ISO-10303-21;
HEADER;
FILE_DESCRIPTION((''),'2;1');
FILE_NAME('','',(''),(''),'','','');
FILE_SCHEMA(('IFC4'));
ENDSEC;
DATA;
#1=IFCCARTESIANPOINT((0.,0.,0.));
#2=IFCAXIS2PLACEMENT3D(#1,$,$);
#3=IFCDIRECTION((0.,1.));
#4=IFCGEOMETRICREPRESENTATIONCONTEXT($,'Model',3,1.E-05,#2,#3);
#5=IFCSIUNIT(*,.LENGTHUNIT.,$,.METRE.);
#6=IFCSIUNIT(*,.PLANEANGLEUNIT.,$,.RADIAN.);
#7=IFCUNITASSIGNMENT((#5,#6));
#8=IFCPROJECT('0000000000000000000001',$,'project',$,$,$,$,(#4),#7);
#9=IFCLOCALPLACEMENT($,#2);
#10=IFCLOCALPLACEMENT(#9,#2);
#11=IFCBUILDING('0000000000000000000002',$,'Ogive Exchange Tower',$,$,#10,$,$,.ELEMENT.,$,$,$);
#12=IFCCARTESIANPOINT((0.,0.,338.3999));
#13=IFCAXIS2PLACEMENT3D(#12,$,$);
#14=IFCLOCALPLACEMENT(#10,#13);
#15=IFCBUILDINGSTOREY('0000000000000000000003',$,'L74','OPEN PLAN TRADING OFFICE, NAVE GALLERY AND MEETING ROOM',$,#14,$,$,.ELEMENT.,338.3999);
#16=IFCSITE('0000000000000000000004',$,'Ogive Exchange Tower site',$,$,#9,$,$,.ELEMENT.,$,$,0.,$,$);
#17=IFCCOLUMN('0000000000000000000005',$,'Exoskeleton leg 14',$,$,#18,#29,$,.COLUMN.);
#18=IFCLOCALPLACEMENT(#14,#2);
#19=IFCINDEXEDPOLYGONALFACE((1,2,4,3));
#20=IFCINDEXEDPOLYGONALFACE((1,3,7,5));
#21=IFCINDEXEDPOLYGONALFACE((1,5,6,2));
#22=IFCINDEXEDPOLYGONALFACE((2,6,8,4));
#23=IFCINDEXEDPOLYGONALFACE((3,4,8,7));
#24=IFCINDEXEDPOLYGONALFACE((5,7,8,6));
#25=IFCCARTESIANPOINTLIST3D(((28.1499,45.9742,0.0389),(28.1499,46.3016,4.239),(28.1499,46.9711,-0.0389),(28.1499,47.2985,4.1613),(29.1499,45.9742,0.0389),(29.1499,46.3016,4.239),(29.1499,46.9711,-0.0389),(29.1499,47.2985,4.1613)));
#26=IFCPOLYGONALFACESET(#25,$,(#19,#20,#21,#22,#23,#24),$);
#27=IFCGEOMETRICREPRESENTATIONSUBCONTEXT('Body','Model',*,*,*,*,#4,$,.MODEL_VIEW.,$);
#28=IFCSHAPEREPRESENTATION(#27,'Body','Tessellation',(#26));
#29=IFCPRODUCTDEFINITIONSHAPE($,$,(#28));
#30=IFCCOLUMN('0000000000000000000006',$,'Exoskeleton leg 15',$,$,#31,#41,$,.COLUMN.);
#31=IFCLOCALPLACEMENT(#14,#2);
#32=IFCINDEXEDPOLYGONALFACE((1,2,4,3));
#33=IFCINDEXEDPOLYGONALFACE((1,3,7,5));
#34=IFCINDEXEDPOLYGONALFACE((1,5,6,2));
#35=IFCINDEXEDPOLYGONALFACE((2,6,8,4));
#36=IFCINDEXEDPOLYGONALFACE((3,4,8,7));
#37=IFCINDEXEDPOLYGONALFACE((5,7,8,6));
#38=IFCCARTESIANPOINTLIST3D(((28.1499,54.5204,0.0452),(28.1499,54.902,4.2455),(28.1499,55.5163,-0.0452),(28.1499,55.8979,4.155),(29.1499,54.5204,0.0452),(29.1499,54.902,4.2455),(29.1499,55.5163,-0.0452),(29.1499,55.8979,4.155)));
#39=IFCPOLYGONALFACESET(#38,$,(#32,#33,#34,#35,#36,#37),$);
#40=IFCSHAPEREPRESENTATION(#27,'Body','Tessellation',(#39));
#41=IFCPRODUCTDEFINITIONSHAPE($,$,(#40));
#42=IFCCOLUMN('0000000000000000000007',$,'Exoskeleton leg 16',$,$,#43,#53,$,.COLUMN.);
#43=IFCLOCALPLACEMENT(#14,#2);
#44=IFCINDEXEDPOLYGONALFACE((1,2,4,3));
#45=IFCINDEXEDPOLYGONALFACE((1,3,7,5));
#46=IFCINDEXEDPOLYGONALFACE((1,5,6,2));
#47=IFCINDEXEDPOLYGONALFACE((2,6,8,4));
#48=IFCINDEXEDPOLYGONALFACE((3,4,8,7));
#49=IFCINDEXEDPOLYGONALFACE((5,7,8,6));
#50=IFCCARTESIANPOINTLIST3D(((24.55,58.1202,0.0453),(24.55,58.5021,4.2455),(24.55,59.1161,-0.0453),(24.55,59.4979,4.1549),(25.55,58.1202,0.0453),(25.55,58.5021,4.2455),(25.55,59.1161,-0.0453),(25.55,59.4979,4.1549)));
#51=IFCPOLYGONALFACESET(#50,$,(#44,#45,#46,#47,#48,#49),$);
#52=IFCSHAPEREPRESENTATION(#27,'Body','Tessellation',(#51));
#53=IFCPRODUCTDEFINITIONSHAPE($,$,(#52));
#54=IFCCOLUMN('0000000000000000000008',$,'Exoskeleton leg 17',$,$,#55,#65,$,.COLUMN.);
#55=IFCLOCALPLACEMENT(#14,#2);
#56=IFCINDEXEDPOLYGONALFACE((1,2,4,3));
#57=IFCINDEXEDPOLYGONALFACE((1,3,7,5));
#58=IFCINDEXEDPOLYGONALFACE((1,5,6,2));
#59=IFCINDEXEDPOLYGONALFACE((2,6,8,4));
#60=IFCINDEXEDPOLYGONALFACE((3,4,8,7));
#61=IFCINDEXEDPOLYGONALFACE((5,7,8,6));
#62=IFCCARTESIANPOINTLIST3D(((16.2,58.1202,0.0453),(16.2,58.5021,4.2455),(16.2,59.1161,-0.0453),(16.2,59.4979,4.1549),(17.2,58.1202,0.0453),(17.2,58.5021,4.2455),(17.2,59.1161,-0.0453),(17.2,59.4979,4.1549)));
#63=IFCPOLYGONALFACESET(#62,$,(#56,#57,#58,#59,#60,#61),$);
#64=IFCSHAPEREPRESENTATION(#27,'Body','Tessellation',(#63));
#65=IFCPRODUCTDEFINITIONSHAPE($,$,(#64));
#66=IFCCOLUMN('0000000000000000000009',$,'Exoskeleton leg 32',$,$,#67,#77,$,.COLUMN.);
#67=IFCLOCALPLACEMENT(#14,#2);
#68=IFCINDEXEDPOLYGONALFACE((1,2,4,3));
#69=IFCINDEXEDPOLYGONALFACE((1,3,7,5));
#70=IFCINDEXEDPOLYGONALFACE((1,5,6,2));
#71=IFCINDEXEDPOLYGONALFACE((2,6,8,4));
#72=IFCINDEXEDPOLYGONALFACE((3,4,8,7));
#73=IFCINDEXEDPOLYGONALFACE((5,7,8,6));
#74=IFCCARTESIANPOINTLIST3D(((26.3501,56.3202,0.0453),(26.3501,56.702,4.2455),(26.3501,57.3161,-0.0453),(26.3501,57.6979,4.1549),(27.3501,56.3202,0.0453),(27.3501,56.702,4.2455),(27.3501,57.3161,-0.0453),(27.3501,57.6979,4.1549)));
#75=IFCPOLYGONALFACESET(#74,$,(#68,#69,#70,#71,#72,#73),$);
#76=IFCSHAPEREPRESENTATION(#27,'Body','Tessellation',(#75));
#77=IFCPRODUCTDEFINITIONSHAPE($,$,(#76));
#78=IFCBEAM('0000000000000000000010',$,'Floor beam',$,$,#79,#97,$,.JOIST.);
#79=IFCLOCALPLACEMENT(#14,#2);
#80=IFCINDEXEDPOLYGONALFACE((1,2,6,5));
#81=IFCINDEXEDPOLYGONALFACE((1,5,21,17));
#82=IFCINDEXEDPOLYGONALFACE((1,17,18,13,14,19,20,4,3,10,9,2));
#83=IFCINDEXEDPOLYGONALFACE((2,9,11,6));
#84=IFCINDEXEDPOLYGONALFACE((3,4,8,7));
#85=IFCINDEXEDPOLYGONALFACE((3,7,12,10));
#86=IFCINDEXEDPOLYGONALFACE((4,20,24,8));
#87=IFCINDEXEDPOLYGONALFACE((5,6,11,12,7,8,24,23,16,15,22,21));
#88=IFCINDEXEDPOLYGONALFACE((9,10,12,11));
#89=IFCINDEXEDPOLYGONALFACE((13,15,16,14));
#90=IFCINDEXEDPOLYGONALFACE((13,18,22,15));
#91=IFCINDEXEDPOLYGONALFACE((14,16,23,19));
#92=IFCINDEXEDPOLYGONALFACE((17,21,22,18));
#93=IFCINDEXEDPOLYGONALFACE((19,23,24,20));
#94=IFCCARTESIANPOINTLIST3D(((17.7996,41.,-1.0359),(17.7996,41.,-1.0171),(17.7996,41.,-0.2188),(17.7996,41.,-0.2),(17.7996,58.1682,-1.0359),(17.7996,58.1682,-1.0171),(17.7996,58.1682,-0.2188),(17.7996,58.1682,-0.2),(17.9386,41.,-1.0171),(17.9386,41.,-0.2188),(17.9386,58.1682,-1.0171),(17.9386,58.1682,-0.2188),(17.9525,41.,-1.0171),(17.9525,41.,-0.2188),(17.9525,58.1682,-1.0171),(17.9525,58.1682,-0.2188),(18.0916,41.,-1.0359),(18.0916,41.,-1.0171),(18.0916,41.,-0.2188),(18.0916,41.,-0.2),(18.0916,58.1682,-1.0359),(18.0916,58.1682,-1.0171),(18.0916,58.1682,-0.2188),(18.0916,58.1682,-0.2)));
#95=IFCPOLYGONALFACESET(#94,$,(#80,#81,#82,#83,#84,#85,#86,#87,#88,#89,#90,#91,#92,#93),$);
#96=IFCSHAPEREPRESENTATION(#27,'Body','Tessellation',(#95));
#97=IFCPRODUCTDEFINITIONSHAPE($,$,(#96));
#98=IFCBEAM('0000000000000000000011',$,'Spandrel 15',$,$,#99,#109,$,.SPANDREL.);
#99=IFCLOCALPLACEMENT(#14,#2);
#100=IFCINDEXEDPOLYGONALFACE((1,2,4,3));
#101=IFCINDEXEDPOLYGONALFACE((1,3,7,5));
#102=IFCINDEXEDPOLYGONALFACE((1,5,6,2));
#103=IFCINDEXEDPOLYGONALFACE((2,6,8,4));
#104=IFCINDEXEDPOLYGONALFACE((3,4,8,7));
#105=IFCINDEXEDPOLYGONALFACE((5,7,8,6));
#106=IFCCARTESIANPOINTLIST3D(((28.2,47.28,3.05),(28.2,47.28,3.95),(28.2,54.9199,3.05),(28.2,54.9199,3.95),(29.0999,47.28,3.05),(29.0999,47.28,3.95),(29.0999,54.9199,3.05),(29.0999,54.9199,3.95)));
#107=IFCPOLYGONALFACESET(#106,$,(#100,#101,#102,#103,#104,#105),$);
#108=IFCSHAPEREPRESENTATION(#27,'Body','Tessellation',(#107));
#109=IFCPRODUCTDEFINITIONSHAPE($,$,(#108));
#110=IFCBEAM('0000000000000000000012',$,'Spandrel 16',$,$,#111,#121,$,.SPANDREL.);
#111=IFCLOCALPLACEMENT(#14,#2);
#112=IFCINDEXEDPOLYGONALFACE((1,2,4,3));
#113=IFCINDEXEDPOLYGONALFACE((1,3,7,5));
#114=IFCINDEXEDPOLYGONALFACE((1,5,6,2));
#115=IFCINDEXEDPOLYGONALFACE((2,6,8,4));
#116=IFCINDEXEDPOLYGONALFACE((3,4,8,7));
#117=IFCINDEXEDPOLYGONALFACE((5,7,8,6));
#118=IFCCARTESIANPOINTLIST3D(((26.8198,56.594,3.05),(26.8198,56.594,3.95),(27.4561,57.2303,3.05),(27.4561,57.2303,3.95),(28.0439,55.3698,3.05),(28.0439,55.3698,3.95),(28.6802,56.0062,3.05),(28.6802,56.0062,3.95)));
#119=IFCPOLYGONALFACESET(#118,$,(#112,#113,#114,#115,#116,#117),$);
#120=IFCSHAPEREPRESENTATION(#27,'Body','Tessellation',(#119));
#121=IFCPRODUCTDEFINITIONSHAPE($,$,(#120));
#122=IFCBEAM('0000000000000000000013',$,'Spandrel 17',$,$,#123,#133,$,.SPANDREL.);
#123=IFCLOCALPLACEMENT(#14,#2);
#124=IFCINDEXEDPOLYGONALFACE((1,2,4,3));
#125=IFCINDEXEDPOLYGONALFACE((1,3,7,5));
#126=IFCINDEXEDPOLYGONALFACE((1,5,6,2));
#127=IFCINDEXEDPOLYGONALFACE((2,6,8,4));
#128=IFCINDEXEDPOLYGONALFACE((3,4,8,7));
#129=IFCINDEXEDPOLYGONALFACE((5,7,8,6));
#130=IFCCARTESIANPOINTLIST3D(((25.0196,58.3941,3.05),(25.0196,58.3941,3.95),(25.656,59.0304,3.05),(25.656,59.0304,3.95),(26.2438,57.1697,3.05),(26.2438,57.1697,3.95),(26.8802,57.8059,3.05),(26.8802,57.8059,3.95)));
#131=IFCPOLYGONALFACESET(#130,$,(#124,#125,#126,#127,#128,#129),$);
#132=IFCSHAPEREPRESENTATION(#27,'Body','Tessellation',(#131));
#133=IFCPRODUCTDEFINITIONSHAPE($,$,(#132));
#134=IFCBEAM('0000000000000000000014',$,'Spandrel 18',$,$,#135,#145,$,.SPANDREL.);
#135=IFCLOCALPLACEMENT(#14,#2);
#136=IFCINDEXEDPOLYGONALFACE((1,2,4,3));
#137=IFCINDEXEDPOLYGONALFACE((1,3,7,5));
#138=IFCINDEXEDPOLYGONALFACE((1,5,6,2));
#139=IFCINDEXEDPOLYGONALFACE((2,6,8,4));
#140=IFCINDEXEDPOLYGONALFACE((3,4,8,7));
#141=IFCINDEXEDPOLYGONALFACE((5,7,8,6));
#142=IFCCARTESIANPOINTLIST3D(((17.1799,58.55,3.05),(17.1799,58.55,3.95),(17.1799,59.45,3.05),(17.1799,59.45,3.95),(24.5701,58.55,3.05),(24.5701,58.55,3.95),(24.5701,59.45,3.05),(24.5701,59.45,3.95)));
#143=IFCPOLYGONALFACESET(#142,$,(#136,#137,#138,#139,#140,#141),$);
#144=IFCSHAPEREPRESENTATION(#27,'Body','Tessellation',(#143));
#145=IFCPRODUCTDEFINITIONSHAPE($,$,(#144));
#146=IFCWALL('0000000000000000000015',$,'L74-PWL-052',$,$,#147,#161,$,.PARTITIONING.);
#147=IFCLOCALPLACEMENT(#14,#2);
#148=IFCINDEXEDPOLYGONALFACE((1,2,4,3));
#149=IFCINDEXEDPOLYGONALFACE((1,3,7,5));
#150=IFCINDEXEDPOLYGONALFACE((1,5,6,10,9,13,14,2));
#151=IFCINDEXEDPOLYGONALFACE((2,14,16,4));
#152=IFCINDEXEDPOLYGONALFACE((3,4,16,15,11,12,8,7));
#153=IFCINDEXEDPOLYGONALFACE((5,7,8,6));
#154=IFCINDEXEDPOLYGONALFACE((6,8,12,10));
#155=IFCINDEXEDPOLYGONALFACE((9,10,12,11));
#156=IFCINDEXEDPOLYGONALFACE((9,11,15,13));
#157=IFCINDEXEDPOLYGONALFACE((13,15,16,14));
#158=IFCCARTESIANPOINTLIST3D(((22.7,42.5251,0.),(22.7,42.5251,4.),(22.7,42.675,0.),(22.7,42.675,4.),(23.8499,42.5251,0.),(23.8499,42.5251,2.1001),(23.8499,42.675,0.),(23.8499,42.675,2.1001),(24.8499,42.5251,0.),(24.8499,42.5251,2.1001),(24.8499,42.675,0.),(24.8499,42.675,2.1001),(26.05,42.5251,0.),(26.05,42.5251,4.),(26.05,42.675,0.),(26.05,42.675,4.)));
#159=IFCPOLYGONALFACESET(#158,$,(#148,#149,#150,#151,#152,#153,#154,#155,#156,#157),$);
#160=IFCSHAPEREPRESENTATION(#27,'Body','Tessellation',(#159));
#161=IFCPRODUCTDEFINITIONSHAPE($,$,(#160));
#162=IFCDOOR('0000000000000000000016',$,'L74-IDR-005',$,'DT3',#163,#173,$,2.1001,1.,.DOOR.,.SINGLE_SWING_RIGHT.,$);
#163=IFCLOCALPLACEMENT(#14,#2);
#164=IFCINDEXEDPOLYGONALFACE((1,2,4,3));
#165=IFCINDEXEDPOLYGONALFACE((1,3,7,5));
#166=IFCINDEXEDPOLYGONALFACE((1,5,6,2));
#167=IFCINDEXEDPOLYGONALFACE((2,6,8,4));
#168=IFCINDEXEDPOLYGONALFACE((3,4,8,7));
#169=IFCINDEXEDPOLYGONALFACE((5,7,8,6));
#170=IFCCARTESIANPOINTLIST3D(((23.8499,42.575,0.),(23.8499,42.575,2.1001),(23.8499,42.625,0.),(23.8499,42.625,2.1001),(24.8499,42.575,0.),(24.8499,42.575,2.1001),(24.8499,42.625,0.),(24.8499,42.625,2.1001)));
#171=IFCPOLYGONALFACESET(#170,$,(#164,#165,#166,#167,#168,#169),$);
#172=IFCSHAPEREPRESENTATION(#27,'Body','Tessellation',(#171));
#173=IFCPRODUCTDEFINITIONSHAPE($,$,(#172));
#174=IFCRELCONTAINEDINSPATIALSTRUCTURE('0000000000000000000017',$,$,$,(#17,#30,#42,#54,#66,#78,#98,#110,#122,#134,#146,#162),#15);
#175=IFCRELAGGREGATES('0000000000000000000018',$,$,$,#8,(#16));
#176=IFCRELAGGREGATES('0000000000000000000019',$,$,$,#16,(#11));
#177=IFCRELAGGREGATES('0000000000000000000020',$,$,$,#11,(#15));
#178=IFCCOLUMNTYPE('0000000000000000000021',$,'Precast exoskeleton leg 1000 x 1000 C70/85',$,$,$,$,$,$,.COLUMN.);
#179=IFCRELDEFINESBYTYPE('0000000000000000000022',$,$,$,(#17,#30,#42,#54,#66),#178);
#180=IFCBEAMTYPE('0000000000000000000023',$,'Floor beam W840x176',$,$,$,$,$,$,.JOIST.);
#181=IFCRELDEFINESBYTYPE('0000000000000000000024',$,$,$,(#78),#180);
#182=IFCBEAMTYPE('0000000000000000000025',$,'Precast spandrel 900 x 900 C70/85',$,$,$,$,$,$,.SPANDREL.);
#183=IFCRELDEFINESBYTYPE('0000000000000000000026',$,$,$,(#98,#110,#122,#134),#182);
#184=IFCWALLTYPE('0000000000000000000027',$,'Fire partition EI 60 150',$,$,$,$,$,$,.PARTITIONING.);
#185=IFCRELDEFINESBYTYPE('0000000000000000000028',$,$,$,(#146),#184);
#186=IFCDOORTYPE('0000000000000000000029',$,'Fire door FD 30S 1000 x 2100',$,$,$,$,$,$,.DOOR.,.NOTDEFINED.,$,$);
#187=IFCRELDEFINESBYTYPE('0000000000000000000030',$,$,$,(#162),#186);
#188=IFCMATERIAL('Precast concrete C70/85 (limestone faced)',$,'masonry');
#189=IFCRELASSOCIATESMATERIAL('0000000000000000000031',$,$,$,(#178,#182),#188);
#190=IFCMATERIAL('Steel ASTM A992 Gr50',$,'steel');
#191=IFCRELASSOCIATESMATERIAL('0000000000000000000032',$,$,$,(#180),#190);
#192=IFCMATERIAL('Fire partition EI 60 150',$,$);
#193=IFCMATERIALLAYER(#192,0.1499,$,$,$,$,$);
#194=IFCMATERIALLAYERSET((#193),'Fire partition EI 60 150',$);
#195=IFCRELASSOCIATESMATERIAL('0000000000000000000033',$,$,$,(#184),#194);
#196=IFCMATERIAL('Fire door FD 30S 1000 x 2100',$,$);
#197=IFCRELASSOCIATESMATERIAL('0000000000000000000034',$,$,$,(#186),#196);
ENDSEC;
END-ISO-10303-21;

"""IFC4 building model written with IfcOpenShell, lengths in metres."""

from ifc_helpers import new_model, si_unit, direction, frame, frame_2d, origin, origin_2d, place, context, subcontext, project, spatial, rectangle, i_section, extrude, material, layer, layer_set, material_profile, profile_set, type_object, element, fill, save


model = new_model("IFC4")

# Units and contexts
model_context = context("Model", 3, precision=1e-05, world=origin(), true_north=direction((0.0, 1.0)))
body_context = subcontext(model_context, "Body", "Model", "MODEL_VIEW")
ifc_project = project(units=[si_unit("LENGTHUNIT", "METRE"), si_unit("PLANEANGLEUNIT", "RADIAN")], contexts=[model_context])

# Site, building, storey
site_placement = place(None, origin())
site = spatial("IfcSite", under=ifc_project, at=site_placement, Name="Ogive Exchange Tower site", CompositionType="ELEMENT", RefElevation=0.0)
building_placement = place(site_placement, origin())
building = spatial("IfcBuilding", under=site, at=building_placement, Name="Ogive Exchange Tower", CompositionType="ELEMENT")
storey_placement = place(building_placement, frame((0.0, 0.0, 338.3999)))
storey = spatial("IfcBuildingStorey", under=building, at=storey_placement, Name="L74", Description="OPEN PLAN TRADING OFFICE, NAVE GALLERY AND MEETING ROOM", CompositionType="ELEMENT", Elevation=338.3999)

# Columns
ifc_material_1 = material(Name="Precast concrete C70/85 (limestone faced)", Category="masonry")
ifc_material_profile_1 = material_profile(ifc_material_1, rectangle(XDim=1.0, YDim=1.0, at=origin_2d()), Name="1000 x 1000")
ifc_profile_set_1 = profile_set([ifc_material_profile_1], Name="Precast concrete C70/85 (limestone faced)")
column_type = type_object("IfcColumnType", Name="Precast exoskeleton leg 1000 x 1000 C70/85", PredefinedType="COLUMN", material=ifc_profile_set_1)
column_placement = place(storey_placement, frame((28.6499, 46.4727, 0.0), z_axis=(0.0, 0.077711, 0.996976), x_axis=(-1.0, 0.0, 0.0)))
element("IfcColumn", 1, at=column_placement, inside=storey, type_object=column_type, Name="Exoskeleton leg 14", PredefinedType="COLUMN", context=body_context, shape_type="SweptSolid", body=[
    extrude(rectangle(XDim=1.0, YDim=1.0, at=origin_2d()), origin(), (0.0, 0.0, 1.0), 4.2129),
])
for number, where, z_axis, x_axis, name in (
    (2, (28.6499, 55.0183, 0.0), (0.0, 0.090478, 0.995898), (-1.0, 0.0, 0.0), "Exoskeleton leg 15"),
    (3, (25.05, 58.6182, 0.0), (0.0, 0.090536, 0.995893), (-1.0, 0.0, 0.0), "Exoskeleton leg 16"),
    (4, (16.7, 58.6182, 0.0), (0.0, 0.090536, 0.995893), (-1.0, 0.0, 0.0), "Exoskeleton leg 17"),
    (5, (26.8501, 56.8181, 0.0), (0.0, 0.090536, 0.995893), (-1.0, 0.0, 0.0), "Exoskeleton leg 32"),
):
    element("IfcColumn", number, at=place(storey_placement, frame(where, z_axis=z_axis, x_axis=x_axis)), inside=storey, type_object=column_type, Name=name, PredefinedType="COLUMN", context=body_context, shape_type="SweptSolid", body=[
        extrude(rectangle(XDim=1.0, YDim=1.0, at=origin_2d()), origin(), (0.0, 0.0, 1.0), 4.2175),
    ])

# Beams
ifc_material_2 = material(Name="Steel ASTM A992 Gr50", Category="steel")
ifc_material_profile_2 = material_profile(ifc_material_2, i_section(OverallWidth=0.292, OverallDepth=0.8359, WebThickness=0.0139, FlangeThickness=0.0188, at=origin_2d()), Name="W840x176")
ifc_profile_set_2 = profile_set([ifc_material_profile_2], Name="Steel ASTM A992 Gr50")
beam_type_1 = type_object("IfcBeamType", Name="Floor beam W840x176", PredefinedType="JOIST", material=ifc_profile_set_2)
beam_1_placement = place(storey_placement, frame((17.9456, 41.0, -0.6179), z_axis=(0.0, 1.0, 0.0), x_axis=(-1.0, 0.0, 0.0)))
element("IfcBeam", 6, at=beam_1_placement, inside=storey, type_object=beam_type_1, Name="Floor beam", PredefinedType="JOIST", context=body_context, shape_type="SweptSolid", body=[
    extrude(i_section(OverallWidth=0.292, OverallDepth=0.8359, WebThickness=0.0139, FlangeThickness=0.0188, at=origin_2d()), origin(), (0.0, 0.0, 1.0), 17.1682),
])
ifc_material_profile_3 = material_profile(ifc_material_1, rectangle(XDim=0.8999, YDim=0.8999, at=origin_2d()), Name="900 x 900")
ifc_profile_set_3 = profile_set([ifc_material_profile_3], Name="Precast concrete C70/85 (limestone faced)")
beam_type_2 = type_object("IfcBeamType", Name="Precast spandrel 900 x 900 C70/85", PredefinedType="SPANDREL", material=ifc_profile_set_3)
beam_2_placement = place(storey_placement, frame((28.6499, 47.28, 3.5), z_axis=(0.0, 1.0, 0.0), x_axis=(-1.0, 0.0, 0.0)))
element("IfcBeam", 7, at=beam_2_placement, inside=storey, type_object=beam_type_2, Name="Spandrel 15", PredefinedType="SPANDREL", context=body_context, shape_type="SweptSolid", body=[
    extrude(rectangle(XDim=0.8999, YDim=0.8999, at=origin_2d()), origin(), (0.0, 0.0, 1.0), 7.6399),
])
beam_3_placement = place(storey_placement, frame((28.3621, 55.688, 3.5), z_axis=(-0.707107, 0.707107, 0.0), x_axis=(-0.707107, -0.707107, 0.0)))
element("IfcBeam", 8, at=beam_3_placement, inside=storey, type_object=beam_type_2, Name="Spandrel 16", PredefinedType="SPANDREL", context=body_context, shape_type="SweptSolid", body=[
    extrude(rectangle(XDim=0.8999, YDim=0.8999, at=origin_2d()), origin(), (0.0, 0.0, 1.0), 1.7312),
])
beam_4_placement = place(storey_placement, frame((26.562, 57.4878, 3.5), z_axis=(-0.707036, 0.707177, 0.0), x_axis=(-0.707177, -0.707036, 0.0)))
element("IfcBeam", 9, at=beam_4_placement, inside=storey, type_object=beam_type_2, Name="Spandrel 17", PredefinedType="SPANDREL", context=body_context, shape_type="SweptSolid", body=[
    extrude(rectangle(XDim=0.8999, YDim=0.8999, at=origin_2d()), origin(), (0.0, 0.0, 1.0), 1.7314),
])
beam_5_placement = place(storey_placement, frame((24.5701, 59.0, 3.5), z_axis=(-1.0, 0.0, 0.0), x_axis=(0.0, -1.0, 0.0)))
element("IfcBeam", 10, at=beam_5_placement, inside=storey, type_object=beam_type_2, Name="Spandrel 18", PredefinedType="SPANDREL", context=body_context, shape_type="SweptSolid", body=[
    extrude(rectangle(XDim=0.8999, YDim=0.8999, at=origin_2d()), origin(), (0.0, 0.0, 1.0), 7.3901),
])

# Wall, opening, door
ifc_material_3 = material(Name="Fire partition EI 60 150")
ifc_layer_1 = layer(ifc_material_3, 0.1499)
ifc_layer_set_1 = layer_set([ifc_layer_1], Name="Fire partition EI 60 150")
wall_type_1 = type_object("IfcWallType", Name="Fire partition EI 60 150", PredefinedType="PARTITIONING", material=ifc_layer_set_1)
wall_1_placement = place(storey_placement, frame((22.7, 42.6001, 0.0), z_axis=(0.0, 0.0, 1.0), x_axis=(1.0, 0.0, 0.0)))
wall_1 = element("IfcWall", 11, at=wall_1_placement, inside=storey, type_object=wall_type_1, Name="L74-PWL-052", PredefinedType="PARTITIONING", context=body_context, shape_type="SweptSolid", body=[
    extrude(rectangle(XDim=3.3501, YDim=0.1499, at=frame_2d((1.675, 0.0))), origin(), (0.0, 0.0, 1.0), 4.0),
])
opening_1_placement = place(wall_1_placement, frame((1.1499, 0.0, 0.0)))
opening_1 = element("IfcOpeningElement", 12, at=opening_1_placement, cuts=wall_1, PredefinedType="OPENING", context=body_context, shape_type="SweptSolid", body=[
    extrude(rectangle(XDim=1.0, YDim=2.1001, at=frame_2d((0.5, 1.05))), frame((0.0, 0.085, 0.0), z_axis=(0.0, -1.0, 0.0), x_axis=(1.0, 0.0, 0.0)), (0.0, 0.0, 1.0), 0.1699),
])
ifc_material_4 = material(Name="Fire door FD 30S 1000 x 2100")
door_type_1 = type_object("IfcDoorType", Name="Fire door FD 30S 1000 x 2100", OperationType="NOTDEFINED", PredefinedType="DOOR", material=ifc_material_4)
door_1_placement = place(opening_1_placement, origin())
door_1 = element("IfcDoor", 13, at=door_1_placement, inside=storey, type_object=door_type_1, Name="L74-IDR-005", ObjectType="DT3", OperationType="SINGLE_SWING_RIGHT", OverallHeight=2.1001, OverallWidth=1.0, PredefinedType="DOOR", context=body_context, shape_type="SweptSolid", body=[
    extrude(rectangle(XDim=1.0, YDim=2.1001, at=frame_2d((0.5, 1.05))), frame((0.0, 0.0249, 0.0), z_axis=(0.0, -1.0, 0.0), x_axis=(1.0, 0.0, 0.0)), (0.0, 0.0, 1.0), 0.05),
])
fill(opening_1, door_1)

save(model, "model.ifc")
